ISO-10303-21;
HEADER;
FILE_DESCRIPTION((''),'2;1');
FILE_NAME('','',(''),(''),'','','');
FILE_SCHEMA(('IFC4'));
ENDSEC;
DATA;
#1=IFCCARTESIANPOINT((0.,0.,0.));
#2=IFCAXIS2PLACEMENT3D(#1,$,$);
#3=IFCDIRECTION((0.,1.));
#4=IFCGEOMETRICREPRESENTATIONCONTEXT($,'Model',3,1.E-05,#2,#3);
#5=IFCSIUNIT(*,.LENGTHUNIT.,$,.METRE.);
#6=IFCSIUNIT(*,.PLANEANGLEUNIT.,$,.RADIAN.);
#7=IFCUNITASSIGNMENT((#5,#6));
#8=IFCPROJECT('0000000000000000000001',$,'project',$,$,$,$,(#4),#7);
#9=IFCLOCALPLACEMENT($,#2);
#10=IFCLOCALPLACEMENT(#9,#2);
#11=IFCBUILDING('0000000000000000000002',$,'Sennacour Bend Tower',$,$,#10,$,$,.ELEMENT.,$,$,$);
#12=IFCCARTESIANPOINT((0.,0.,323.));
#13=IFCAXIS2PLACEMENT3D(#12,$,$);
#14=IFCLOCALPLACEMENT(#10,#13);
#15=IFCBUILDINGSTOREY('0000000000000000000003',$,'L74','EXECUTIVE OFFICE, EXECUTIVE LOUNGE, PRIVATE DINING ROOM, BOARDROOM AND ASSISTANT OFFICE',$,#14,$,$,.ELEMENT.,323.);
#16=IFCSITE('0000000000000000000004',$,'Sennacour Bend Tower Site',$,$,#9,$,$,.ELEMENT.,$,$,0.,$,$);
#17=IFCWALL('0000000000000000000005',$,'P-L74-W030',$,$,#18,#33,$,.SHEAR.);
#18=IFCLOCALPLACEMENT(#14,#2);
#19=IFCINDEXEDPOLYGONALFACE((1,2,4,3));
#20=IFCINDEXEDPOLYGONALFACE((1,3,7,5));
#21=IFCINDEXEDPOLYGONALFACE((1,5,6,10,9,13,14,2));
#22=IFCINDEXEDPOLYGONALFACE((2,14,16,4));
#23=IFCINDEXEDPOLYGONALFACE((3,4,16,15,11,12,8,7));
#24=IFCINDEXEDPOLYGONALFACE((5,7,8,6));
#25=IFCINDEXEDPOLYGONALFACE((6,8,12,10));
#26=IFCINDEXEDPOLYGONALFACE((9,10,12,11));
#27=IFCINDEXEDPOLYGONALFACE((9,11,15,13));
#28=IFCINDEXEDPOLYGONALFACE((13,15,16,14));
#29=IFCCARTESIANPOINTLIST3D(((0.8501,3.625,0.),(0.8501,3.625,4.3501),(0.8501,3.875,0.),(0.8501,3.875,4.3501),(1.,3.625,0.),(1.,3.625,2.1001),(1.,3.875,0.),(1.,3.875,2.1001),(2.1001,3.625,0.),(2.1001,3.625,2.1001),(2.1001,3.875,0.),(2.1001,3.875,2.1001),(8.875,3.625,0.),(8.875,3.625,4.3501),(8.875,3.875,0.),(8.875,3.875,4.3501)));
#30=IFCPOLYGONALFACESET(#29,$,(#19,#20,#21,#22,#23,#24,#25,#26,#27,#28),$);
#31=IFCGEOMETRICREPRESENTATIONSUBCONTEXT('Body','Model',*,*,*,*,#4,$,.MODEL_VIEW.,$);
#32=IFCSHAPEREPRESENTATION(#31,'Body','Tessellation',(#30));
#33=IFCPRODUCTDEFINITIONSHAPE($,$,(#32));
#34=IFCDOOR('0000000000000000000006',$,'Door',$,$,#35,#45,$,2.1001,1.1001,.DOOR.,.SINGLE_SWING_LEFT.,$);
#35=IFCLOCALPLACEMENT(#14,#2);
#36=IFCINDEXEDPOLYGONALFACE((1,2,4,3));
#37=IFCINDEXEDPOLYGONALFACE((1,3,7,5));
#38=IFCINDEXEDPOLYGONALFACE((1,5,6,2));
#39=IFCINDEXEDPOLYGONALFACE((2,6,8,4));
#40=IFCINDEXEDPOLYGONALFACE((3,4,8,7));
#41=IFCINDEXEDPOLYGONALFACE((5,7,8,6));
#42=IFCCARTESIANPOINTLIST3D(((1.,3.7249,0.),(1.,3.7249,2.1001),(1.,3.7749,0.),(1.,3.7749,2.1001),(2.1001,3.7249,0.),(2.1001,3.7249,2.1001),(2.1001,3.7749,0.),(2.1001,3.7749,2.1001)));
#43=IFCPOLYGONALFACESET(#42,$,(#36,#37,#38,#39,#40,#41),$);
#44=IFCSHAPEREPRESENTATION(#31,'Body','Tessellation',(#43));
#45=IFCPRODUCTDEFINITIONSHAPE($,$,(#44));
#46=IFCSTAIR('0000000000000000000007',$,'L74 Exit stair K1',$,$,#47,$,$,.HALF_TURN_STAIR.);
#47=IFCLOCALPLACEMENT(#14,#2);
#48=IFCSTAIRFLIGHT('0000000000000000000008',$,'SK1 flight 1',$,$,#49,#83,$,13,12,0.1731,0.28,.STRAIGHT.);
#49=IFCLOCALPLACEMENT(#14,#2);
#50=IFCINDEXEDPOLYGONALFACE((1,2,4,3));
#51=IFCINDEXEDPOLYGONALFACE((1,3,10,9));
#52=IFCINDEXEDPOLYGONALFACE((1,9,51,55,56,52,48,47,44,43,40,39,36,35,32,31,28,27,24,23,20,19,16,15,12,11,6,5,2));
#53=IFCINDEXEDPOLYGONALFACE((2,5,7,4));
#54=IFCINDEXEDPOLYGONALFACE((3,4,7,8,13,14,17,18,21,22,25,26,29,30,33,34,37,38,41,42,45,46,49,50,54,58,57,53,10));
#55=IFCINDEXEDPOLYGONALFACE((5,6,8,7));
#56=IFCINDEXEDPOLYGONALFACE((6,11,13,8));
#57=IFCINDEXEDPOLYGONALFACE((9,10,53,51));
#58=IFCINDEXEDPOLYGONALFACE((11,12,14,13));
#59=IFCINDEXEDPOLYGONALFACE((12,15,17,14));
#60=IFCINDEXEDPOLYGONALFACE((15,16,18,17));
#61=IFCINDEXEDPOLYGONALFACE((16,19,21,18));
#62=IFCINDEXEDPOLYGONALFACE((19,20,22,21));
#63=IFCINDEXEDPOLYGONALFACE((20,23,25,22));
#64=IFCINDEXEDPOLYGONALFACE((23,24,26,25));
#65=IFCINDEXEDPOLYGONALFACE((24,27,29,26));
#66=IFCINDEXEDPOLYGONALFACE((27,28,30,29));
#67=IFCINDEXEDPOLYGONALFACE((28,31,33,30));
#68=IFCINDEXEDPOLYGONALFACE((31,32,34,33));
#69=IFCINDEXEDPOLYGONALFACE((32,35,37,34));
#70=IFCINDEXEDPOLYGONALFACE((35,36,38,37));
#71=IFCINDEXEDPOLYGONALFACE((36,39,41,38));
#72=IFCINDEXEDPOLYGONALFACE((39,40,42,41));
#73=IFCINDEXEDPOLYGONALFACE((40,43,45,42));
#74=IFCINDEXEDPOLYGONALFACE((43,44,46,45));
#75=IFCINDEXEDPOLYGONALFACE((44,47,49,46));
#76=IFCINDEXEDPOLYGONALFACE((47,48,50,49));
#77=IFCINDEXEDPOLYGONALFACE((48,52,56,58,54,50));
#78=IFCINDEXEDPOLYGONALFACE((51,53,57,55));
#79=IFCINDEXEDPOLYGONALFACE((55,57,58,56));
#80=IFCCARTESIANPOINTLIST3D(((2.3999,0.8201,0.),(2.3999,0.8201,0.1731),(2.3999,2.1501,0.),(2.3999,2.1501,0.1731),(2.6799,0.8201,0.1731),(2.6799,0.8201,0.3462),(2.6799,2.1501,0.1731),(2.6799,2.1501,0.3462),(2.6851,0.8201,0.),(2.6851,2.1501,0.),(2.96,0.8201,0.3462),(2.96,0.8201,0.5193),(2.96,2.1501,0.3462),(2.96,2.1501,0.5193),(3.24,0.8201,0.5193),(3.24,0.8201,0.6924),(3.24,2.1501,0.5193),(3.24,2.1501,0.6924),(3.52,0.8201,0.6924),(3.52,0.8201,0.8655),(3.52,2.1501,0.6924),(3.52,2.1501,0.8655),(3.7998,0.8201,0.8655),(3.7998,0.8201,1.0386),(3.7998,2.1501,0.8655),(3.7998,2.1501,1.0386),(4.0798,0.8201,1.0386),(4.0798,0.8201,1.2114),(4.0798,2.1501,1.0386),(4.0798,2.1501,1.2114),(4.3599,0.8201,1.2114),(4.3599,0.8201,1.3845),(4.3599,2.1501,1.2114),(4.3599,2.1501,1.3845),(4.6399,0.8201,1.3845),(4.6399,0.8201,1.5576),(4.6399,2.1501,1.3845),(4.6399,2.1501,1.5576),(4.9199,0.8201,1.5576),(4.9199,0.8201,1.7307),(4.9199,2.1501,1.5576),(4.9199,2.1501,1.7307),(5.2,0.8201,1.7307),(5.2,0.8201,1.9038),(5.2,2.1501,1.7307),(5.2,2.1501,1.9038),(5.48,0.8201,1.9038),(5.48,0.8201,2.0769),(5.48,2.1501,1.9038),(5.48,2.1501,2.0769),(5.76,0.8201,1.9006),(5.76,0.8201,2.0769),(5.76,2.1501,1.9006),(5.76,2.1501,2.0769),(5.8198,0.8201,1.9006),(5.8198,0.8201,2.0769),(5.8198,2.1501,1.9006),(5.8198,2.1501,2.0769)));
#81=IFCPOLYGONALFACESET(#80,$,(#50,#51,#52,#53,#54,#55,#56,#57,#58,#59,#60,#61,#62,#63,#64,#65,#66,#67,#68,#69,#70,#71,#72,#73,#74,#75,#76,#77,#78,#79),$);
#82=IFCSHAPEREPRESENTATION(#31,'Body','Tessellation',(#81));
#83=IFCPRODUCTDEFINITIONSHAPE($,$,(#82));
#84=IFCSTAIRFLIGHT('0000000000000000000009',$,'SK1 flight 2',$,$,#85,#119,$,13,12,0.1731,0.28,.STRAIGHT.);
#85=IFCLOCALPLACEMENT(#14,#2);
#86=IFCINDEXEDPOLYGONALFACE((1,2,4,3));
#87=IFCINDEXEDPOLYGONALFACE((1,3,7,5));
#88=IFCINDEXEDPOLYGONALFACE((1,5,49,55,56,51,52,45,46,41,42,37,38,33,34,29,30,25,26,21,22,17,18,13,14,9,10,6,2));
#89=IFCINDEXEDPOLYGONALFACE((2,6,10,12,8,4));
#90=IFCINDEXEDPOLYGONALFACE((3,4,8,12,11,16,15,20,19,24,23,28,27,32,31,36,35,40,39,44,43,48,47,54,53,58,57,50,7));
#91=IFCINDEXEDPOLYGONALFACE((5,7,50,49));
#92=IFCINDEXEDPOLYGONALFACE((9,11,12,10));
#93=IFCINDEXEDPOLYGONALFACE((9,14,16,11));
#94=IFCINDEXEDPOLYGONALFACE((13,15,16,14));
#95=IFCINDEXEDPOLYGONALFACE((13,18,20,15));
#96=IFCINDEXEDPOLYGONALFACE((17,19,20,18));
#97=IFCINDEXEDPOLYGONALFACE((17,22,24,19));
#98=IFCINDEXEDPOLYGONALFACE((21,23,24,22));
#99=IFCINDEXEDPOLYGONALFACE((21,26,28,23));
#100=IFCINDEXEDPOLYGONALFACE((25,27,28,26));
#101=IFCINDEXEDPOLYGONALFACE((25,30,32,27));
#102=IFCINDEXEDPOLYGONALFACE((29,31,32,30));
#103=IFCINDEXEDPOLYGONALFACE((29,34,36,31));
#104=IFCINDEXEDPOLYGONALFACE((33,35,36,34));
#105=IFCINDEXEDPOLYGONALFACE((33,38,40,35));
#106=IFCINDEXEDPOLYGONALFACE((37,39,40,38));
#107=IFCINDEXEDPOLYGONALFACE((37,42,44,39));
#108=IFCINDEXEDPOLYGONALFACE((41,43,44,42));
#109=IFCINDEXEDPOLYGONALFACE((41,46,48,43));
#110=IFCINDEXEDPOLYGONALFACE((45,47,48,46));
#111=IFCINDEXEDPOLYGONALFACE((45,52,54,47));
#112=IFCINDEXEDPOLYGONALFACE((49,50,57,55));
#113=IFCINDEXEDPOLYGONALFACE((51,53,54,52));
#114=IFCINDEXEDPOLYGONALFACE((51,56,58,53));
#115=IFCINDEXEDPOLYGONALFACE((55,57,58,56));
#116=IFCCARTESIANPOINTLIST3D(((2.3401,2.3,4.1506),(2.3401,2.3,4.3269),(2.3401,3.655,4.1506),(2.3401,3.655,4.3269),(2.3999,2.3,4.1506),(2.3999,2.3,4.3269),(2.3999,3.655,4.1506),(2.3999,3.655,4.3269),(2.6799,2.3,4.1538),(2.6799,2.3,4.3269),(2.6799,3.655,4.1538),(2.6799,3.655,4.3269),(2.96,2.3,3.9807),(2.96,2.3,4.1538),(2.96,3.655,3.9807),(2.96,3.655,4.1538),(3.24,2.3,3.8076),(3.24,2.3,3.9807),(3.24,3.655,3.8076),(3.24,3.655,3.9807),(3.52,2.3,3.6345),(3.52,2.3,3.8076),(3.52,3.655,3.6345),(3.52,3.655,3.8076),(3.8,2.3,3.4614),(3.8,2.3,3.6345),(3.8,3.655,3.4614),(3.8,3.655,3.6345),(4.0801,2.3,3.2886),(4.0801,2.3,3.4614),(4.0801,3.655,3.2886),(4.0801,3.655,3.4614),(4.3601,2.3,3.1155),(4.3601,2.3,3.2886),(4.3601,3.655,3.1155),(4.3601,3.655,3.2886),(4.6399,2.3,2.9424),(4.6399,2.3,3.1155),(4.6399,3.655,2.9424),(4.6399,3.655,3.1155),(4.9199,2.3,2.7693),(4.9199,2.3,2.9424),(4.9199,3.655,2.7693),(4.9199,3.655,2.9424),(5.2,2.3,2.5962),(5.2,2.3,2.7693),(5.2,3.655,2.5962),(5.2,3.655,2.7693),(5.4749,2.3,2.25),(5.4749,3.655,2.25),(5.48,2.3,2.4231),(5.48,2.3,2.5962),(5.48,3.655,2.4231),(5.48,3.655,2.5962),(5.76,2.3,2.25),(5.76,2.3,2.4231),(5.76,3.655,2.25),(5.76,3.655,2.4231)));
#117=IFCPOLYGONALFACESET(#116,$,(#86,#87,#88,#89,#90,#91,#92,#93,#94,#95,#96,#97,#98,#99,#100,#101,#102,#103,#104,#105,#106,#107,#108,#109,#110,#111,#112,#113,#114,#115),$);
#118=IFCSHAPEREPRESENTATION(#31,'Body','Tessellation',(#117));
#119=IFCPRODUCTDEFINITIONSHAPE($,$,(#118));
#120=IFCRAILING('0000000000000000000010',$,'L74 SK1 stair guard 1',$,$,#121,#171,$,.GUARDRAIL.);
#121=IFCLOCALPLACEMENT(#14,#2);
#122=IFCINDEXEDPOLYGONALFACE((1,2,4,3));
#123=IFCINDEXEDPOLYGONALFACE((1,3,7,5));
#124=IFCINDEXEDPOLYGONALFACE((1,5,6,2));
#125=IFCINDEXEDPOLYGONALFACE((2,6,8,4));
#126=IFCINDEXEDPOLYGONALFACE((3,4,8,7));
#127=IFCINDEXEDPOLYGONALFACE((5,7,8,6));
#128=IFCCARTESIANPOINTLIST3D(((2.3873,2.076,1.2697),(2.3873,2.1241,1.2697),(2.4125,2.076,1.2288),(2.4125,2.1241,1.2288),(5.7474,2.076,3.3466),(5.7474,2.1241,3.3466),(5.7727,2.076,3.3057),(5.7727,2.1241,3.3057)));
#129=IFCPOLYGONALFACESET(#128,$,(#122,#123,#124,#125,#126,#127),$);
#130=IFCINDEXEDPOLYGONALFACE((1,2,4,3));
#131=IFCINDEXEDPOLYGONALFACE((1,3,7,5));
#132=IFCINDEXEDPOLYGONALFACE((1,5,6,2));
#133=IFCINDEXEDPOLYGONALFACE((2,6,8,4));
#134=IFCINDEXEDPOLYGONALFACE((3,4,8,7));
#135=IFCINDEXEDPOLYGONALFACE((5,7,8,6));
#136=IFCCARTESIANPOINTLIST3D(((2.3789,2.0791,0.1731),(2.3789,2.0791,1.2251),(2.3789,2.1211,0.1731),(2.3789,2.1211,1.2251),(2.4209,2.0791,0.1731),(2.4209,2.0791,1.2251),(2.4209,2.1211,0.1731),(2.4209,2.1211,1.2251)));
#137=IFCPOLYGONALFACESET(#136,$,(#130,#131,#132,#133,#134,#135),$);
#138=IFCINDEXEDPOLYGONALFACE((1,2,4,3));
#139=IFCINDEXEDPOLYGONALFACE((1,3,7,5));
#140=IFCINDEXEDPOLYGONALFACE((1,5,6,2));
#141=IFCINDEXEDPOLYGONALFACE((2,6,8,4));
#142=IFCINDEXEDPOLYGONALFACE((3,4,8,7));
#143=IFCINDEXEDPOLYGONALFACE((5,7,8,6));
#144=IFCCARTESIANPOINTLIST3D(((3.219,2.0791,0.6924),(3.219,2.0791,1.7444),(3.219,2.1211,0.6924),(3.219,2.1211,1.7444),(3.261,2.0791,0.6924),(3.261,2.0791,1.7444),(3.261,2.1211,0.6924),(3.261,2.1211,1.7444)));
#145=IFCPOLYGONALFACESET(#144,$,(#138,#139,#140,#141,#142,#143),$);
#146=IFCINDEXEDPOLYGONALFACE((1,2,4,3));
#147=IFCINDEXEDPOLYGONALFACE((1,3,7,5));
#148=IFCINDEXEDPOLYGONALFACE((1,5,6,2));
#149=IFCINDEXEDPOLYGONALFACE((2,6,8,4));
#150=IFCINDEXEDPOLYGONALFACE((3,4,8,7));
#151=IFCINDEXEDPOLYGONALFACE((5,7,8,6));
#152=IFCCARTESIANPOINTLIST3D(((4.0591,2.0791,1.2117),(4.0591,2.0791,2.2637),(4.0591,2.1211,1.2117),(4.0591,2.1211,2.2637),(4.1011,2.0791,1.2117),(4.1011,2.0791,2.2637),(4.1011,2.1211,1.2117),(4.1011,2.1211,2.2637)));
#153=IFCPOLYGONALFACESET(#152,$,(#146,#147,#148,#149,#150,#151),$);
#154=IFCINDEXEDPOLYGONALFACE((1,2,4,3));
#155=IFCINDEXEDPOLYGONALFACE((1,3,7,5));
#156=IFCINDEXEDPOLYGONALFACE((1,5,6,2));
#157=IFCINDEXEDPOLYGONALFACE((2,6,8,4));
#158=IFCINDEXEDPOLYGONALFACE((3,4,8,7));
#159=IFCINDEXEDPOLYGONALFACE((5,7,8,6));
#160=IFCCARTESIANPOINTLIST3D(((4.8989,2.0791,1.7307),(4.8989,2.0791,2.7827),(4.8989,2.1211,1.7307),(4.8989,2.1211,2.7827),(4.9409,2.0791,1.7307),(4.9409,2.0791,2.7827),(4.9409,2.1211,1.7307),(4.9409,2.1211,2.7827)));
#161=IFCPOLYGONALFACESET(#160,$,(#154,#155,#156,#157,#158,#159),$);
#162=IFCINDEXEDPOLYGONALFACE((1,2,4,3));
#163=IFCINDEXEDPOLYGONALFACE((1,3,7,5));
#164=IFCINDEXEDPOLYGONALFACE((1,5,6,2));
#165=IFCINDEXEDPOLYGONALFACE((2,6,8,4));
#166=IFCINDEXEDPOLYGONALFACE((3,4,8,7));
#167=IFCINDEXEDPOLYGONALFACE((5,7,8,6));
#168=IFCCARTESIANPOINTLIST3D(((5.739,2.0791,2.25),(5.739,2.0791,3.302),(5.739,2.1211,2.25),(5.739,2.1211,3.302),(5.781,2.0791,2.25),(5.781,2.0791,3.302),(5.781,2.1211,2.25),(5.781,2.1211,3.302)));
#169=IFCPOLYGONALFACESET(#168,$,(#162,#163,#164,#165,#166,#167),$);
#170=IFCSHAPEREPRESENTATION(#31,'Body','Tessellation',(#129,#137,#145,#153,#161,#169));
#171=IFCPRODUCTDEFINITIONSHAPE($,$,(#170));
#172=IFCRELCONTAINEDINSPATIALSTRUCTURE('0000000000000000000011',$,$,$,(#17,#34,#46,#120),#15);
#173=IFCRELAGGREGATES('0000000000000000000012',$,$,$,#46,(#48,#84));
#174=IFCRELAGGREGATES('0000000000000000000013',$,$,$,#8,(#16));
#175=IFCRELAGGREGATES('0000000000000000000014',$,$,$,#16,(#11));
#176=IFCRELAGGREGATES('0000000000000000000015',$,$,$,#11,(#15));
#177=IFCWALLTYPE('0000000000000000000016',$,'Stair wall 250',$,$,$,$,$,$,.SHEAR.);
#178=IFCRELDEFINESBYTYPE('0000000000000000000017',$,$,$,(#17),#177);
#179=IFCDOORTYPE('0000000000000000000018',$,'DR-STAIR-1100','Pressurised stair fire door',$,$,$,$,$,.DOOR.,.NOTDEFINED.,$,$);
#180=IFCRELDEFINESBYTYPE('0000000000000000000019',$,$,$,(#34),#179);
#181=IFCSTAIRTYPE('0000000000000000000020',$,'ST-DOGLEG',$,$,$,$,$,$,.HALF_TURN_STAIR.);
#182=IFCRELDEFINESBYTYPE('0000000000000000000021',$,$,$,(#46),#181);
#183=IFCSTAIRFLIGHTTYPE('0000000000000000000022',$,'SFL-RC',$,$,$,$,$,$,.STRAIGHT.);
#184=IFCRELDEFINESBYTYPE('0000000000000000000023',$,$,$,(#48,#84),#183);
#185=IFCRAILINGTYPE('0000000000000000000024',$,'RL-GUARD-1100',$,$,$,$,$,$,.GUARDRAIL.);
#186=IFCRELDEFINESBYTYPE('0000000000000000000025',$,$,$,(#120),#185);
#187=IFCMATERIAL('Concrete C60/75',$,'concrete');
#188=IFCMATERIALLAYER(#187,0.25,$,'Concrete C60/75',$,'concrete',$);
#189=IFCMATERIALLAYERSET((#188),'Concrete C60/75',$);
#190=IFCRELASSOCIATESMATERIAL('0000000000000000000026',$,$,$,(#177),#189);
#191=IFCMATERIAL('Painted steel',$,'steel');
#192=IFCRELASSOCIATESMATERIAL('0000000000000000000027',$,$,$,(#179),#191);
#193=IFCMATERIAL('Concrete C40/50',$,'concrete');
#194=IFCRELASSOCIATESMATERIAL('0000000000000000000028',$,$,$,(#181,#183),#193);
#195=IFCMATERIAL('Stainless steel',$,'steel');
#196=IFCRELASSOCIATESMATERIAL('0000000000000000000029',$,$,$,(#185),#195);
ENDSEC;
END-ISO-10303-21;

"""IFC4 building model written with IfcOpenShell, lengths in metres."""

from ifc_helpers import new_model, si_unit, direction, frame, frame_2d, origin, origin_2d, place, context, subcontext, project, spatial, polyline, rectangle, outline, extrude, material, layer, layer_set, type_object, element, fill, aggregate, save


model = new_model("IFC4")

# Units and contexts
model_context = context("Model", 3, precision=1e-05, world=origin(), true_north=direction((0.0, 1.0)))
body_context = subcontext(model_context, "Body", "Model", "MODEL_VIEW")
ifc_project = project(units=[si_unit("LENGTHUNIT", "METRE"), si_unit("PLANEANGLEUNIT", "RADIAN")], contexts=[model_context])

# Site, building, storey
site_placement = place(None, origin())
site = spatial("IfcSite", under=ifc_project, at=site_placement, Name="Sennacour Bend Tower Site", CompositionType="ELEMENT", RefElevation=0.0)
building_placement = place(site_placement, origin())
building = spatial("IfcBuilding", under=site, at=building_placement, Name="Sennacour Bend Tower", CompositionType="ELEMENT")
storey_placement = place(building_placement, frame((0.0, 0.0, 323.0)))
storey = spatial("IfcBuildingStorey", under=building, at=storey_placement, Name="L74", Description="EXECUTIVE OFFICE, EXECUTIVE LOUNGE, PRIVATE DINING ROOM, BOARDROOM AND ASSISTANT OFFICE", CompositionType="ELEMENT", Elevation=323.0)

# Shared definitions
ifc_material_1 = material(Name="Concrete C60/75", Category="concrete")
ifc_layer_1 = layer(ifc_material_1, 0.25, Name="Concrete C60/75", Category="concrete")
ifc_layer_set_1 = layer_set([ifc_layer_1], Name="Concrete C60/75")
wall_type = type_object("IfcWallType", Name="Stair wall 250", PredefinedType="SHEAR", material=ifc_layer_set_1)

# Wall, opening, door
wall_1_placement = place(storey_placement, frame((0.8501, 3.75, 0.0), z_axis=(0.0, 0.0, 1.0), x_axis=(1.0, 0.0, 0.0)))
wall_1 = element("IfcWall", 1, at=wall_1_placement, inside=storey, type_object=wall_type, Name="P-L74-W030", PredefinedType="SHEAR", context=body_context, shape_type="SweptSolid", body=[
    extrude(rectangle(XDim=8.0249, YDim=0.25, at=frame_2d((4.0125, 0.0))), origin(), (0.0, 0.0, 1.0), 4.3501),
])
opening_placement = place(wall_1_placement, frame((0.1499, 0.0, 0.0)))
opening = element("IfcOpeningElement", 2, at=opening_placement, cuts=wall_1, PredefinedType="OPENING", context=body_context, shape_type="SweptSolid", body=[
    extrude(rectangle(XDim=1.1001, YDim=2.1001, at=frame_2d((0.55, 1.05))), frame((0.0, 0.135, 0.0), z_axis=(0.0, -1.0, 0.0), x_axis=(1.0, 0.0, 0.0)), (0.0, 0.0, 1.0), 0.27),
])
ifc_material_2 = material(Name="Painted steel", Category="steel")
door_type = type_object("IfcDoorType", Name="DR-STAIR-1100", Description="Pressurised stair fire door", OperationType="NOTDEFINED", PredefinedType="DOOR", material=ifc_material_2)
door_placement = place(opening_placement, origin())
door = element("IfcDoor", 3, at=door_placement, inside=storey, type_object=door_type, Name="Door", OperationType="SINGLE_SWING_LEFT", OverallHeight=2.1001, OverallWidth=1.1001, PredefinedType="DOOR", context=body_context, shape_type="SweptSolid", body=[
    extrude(rectangle(XDim=1.1001, YDim=2.1001, at=frame_2d((0.55, 1.05))), frame((0.0, 0.0249, 0.0), z_axis=(0.0, -1.0, 0.0), x_axis=(1.0, 0.0, 0.0)), (0.0, 0.0, 1.0), 0.05),
])
fill(opening, door)

# Stair, stair flights
ifc_material_3 = material(Name="Concrete C40/50", Category="concrete")
stair_type = type_object("IfcStairType", Name="ST-DOGLEG", PredefinedType="HALF_TURN_STAIR", material=ifc_material_3)
stair_placement = place(storey_placement, origin())
stair = element("IfcStair", 4, at=stair_placement, inside=storey, type_object=stair_type, Name="L74 Exit stair K1", PredefinedType="HALF_TURN_STAIR")
stair_flight_type = type_object("IfcStairFlightType", Name="SFL-RC", PredefinedType="STRAIGHT", material=ifc_material_3)
stair_flight_1_placement = place(storey_placement, frame((2.3999, 1.4851, 0.0), z_axis=(0.0, 0.0, 1.0), x_axis=(1.0, 0.0, 0.0)))
stair_flight_1 = element("IfcStairFlight", 5, at=stair_flight_1_placement, type_object=stair_flight_type, Name="SK1 flight 1", NumberOfRisers=13, NumberOfTreads=12, PredefinedType="STRAIGHT", RiserHeight=0.1731, TreadLength=0.28, context=body_context, shape_type="SweptSolid", body=[
    extrude(outline(polyline([(0.0, 0.0), (0.0, 0.1731), (0.28, 0.1731), (0.28, 0.3462), (0.5601, 0.3462), (0.5601, 0.5193), (0.8401, 0.5193), (0.8401, 0.6924), (1.1201, 0.6924), (1.1201, 0.8655), (1.3999, 0.8655), (1.3999, 1.0386), (1.6799, 1.0386), (1.6799, 1.2114), (1.96, 1.2114), (1.96, 1.3845), (2.24, 1.3845), (2.24, 1.5576), (2.52, 1.5576), (2.52, 1.7307), (2.8, 1.7307), (2.8, 1.9038), (3.0801, 1.9038), (3.0801, 2.0769), (3.3601, 2.0769), (3.4199, 2.0769), (3.4199, 1.9006), (3.3601, 1.9006), (0.2852, 0.0), (0.0, 0.0)])), frame((0.0, 0.665, 0.0), z_axis=(0.0, -1.0, 0.0), x_axis=(1.0, 0.0, 0.0)), (0.0, 0.0, 1.0), 1.3301),
])
stair_flight_2_placement = place(storey_placement, frame((5.76, 2.9775, 2.25), z_axis=(0.0, 0.0, 1.0), x_axis=(-1.0, 0.0, 0.0)))
stair_flight_2 = element("IfcStairFlight", 6, at=stair_flight_2_placement, type_object=stair_flight_type, Name="SK1 flight 2", NumberOfRisers=13, NumberOfTreads=12, PredefinedType="STRAIGHT", RiserHeight=0.1731, TreadLength=0.28, context=body_context, shape_type="SweptSolid", body=[
    extrude(outline(polyline([(0.0, 0.0), (0.0, 0.1731), (0.28, 0.1731), (0.28, 0.3462), (0.5601, 0.3462), (0.5601, 0.5193), (0.8401, 0.5193), (0.8401, 0.6924), (1.1201, 0.6924), (1.1201, 0.8655), (1.3999, 0.8655), (1.3999, 1.0386), (1.6799, 1.0386), (1.6799, 1.2114), (1.96, 1.2114), (1.96, 1.3845), (2.24, 1.3845), (2.24, 1.5576), (2.52, 1.5576), (2.52, 1.7307), (2.8, 1.7307), (2.8, 1.9038), (3.0801, 1.9038), (3.0801, 2.0769), (3.3601, 2.0769), (3.4199, 2.0769), (3.4199, 1.9006), (3.3601, 1.9006), (0.2852, 0.0), (0.0, 0.0)])), frame((0.0, 0.6775, 0.0), z_axis=(0.0, -1.0, 0.0), x_axis=(1.0, 0.0, 0.0)), (0.0, 0.0, 1.0), 1.355),
])
aggregate(stair, [stair_flight_1, stair_flight_2])

# Railing
ifc_material_4 = material(Name="Stainless steel", Category="steel")
railing_type_1 = type_object("IfcRailingType", Name="RL-GUARD-1100", PredefinedType="GUARDRAIL", material=ifc_material_4)
railing_1_placement = place(storey_placement, frame((2.3999, 2.1001, 0.1731)))
element("IfcRailing", 7, at=railing_1_placement, inside=storey, type_object=railing_type_1, Name="L74 SK1 stair guard 1", PredefinedType="GUARDRAIL", context=body_context, shape_type="SweptSolid", body=[
    extrude(rectangle(XDim=0.0481, YDim=0.0481, at=origin_2d()), frame((0.0, 0.0, 1.0762), z_axis=(0.850623, 0.0, 0.525776), x_axis=(0.0, 1.0, 0.0)), (0.0, 0.0, 1.0), 3.9502),
    extrude(rectangle(XDim=0.042, YDim=0.042, at=origin_2d()), origin(), (0.0, 0.0, 1.0), 1.052),
    extrude(rectangle(XDim=0.042, YDim=0.042, at=origin_2d()), frame((0.8401, 0.0, 0.5193)), (0.0, 0.0, 1.0), 1.052),
    extrude(rectangle(XDim=0.042, YDim=0.042, at=origin_2d()), frame((1.6802, 0.0, 1.0386)), (0.0, 0.0, 1.0), 1.052),
    extrude(rectangle(XDim=0.042, YDim=0.042, at=origin_2d()), frame((2.52, 0.0, 1.5576)), (0.0, 0.0, 1.0), 1.052),
    extrude(rectangle(XDim=0.042, YDim=0.042, at=origin_2d()), frame((3.3601, 0.0, 2.0769)), (0.0, 0.0, 1.0), 1.052),
])

save(model, "model.ifc")
